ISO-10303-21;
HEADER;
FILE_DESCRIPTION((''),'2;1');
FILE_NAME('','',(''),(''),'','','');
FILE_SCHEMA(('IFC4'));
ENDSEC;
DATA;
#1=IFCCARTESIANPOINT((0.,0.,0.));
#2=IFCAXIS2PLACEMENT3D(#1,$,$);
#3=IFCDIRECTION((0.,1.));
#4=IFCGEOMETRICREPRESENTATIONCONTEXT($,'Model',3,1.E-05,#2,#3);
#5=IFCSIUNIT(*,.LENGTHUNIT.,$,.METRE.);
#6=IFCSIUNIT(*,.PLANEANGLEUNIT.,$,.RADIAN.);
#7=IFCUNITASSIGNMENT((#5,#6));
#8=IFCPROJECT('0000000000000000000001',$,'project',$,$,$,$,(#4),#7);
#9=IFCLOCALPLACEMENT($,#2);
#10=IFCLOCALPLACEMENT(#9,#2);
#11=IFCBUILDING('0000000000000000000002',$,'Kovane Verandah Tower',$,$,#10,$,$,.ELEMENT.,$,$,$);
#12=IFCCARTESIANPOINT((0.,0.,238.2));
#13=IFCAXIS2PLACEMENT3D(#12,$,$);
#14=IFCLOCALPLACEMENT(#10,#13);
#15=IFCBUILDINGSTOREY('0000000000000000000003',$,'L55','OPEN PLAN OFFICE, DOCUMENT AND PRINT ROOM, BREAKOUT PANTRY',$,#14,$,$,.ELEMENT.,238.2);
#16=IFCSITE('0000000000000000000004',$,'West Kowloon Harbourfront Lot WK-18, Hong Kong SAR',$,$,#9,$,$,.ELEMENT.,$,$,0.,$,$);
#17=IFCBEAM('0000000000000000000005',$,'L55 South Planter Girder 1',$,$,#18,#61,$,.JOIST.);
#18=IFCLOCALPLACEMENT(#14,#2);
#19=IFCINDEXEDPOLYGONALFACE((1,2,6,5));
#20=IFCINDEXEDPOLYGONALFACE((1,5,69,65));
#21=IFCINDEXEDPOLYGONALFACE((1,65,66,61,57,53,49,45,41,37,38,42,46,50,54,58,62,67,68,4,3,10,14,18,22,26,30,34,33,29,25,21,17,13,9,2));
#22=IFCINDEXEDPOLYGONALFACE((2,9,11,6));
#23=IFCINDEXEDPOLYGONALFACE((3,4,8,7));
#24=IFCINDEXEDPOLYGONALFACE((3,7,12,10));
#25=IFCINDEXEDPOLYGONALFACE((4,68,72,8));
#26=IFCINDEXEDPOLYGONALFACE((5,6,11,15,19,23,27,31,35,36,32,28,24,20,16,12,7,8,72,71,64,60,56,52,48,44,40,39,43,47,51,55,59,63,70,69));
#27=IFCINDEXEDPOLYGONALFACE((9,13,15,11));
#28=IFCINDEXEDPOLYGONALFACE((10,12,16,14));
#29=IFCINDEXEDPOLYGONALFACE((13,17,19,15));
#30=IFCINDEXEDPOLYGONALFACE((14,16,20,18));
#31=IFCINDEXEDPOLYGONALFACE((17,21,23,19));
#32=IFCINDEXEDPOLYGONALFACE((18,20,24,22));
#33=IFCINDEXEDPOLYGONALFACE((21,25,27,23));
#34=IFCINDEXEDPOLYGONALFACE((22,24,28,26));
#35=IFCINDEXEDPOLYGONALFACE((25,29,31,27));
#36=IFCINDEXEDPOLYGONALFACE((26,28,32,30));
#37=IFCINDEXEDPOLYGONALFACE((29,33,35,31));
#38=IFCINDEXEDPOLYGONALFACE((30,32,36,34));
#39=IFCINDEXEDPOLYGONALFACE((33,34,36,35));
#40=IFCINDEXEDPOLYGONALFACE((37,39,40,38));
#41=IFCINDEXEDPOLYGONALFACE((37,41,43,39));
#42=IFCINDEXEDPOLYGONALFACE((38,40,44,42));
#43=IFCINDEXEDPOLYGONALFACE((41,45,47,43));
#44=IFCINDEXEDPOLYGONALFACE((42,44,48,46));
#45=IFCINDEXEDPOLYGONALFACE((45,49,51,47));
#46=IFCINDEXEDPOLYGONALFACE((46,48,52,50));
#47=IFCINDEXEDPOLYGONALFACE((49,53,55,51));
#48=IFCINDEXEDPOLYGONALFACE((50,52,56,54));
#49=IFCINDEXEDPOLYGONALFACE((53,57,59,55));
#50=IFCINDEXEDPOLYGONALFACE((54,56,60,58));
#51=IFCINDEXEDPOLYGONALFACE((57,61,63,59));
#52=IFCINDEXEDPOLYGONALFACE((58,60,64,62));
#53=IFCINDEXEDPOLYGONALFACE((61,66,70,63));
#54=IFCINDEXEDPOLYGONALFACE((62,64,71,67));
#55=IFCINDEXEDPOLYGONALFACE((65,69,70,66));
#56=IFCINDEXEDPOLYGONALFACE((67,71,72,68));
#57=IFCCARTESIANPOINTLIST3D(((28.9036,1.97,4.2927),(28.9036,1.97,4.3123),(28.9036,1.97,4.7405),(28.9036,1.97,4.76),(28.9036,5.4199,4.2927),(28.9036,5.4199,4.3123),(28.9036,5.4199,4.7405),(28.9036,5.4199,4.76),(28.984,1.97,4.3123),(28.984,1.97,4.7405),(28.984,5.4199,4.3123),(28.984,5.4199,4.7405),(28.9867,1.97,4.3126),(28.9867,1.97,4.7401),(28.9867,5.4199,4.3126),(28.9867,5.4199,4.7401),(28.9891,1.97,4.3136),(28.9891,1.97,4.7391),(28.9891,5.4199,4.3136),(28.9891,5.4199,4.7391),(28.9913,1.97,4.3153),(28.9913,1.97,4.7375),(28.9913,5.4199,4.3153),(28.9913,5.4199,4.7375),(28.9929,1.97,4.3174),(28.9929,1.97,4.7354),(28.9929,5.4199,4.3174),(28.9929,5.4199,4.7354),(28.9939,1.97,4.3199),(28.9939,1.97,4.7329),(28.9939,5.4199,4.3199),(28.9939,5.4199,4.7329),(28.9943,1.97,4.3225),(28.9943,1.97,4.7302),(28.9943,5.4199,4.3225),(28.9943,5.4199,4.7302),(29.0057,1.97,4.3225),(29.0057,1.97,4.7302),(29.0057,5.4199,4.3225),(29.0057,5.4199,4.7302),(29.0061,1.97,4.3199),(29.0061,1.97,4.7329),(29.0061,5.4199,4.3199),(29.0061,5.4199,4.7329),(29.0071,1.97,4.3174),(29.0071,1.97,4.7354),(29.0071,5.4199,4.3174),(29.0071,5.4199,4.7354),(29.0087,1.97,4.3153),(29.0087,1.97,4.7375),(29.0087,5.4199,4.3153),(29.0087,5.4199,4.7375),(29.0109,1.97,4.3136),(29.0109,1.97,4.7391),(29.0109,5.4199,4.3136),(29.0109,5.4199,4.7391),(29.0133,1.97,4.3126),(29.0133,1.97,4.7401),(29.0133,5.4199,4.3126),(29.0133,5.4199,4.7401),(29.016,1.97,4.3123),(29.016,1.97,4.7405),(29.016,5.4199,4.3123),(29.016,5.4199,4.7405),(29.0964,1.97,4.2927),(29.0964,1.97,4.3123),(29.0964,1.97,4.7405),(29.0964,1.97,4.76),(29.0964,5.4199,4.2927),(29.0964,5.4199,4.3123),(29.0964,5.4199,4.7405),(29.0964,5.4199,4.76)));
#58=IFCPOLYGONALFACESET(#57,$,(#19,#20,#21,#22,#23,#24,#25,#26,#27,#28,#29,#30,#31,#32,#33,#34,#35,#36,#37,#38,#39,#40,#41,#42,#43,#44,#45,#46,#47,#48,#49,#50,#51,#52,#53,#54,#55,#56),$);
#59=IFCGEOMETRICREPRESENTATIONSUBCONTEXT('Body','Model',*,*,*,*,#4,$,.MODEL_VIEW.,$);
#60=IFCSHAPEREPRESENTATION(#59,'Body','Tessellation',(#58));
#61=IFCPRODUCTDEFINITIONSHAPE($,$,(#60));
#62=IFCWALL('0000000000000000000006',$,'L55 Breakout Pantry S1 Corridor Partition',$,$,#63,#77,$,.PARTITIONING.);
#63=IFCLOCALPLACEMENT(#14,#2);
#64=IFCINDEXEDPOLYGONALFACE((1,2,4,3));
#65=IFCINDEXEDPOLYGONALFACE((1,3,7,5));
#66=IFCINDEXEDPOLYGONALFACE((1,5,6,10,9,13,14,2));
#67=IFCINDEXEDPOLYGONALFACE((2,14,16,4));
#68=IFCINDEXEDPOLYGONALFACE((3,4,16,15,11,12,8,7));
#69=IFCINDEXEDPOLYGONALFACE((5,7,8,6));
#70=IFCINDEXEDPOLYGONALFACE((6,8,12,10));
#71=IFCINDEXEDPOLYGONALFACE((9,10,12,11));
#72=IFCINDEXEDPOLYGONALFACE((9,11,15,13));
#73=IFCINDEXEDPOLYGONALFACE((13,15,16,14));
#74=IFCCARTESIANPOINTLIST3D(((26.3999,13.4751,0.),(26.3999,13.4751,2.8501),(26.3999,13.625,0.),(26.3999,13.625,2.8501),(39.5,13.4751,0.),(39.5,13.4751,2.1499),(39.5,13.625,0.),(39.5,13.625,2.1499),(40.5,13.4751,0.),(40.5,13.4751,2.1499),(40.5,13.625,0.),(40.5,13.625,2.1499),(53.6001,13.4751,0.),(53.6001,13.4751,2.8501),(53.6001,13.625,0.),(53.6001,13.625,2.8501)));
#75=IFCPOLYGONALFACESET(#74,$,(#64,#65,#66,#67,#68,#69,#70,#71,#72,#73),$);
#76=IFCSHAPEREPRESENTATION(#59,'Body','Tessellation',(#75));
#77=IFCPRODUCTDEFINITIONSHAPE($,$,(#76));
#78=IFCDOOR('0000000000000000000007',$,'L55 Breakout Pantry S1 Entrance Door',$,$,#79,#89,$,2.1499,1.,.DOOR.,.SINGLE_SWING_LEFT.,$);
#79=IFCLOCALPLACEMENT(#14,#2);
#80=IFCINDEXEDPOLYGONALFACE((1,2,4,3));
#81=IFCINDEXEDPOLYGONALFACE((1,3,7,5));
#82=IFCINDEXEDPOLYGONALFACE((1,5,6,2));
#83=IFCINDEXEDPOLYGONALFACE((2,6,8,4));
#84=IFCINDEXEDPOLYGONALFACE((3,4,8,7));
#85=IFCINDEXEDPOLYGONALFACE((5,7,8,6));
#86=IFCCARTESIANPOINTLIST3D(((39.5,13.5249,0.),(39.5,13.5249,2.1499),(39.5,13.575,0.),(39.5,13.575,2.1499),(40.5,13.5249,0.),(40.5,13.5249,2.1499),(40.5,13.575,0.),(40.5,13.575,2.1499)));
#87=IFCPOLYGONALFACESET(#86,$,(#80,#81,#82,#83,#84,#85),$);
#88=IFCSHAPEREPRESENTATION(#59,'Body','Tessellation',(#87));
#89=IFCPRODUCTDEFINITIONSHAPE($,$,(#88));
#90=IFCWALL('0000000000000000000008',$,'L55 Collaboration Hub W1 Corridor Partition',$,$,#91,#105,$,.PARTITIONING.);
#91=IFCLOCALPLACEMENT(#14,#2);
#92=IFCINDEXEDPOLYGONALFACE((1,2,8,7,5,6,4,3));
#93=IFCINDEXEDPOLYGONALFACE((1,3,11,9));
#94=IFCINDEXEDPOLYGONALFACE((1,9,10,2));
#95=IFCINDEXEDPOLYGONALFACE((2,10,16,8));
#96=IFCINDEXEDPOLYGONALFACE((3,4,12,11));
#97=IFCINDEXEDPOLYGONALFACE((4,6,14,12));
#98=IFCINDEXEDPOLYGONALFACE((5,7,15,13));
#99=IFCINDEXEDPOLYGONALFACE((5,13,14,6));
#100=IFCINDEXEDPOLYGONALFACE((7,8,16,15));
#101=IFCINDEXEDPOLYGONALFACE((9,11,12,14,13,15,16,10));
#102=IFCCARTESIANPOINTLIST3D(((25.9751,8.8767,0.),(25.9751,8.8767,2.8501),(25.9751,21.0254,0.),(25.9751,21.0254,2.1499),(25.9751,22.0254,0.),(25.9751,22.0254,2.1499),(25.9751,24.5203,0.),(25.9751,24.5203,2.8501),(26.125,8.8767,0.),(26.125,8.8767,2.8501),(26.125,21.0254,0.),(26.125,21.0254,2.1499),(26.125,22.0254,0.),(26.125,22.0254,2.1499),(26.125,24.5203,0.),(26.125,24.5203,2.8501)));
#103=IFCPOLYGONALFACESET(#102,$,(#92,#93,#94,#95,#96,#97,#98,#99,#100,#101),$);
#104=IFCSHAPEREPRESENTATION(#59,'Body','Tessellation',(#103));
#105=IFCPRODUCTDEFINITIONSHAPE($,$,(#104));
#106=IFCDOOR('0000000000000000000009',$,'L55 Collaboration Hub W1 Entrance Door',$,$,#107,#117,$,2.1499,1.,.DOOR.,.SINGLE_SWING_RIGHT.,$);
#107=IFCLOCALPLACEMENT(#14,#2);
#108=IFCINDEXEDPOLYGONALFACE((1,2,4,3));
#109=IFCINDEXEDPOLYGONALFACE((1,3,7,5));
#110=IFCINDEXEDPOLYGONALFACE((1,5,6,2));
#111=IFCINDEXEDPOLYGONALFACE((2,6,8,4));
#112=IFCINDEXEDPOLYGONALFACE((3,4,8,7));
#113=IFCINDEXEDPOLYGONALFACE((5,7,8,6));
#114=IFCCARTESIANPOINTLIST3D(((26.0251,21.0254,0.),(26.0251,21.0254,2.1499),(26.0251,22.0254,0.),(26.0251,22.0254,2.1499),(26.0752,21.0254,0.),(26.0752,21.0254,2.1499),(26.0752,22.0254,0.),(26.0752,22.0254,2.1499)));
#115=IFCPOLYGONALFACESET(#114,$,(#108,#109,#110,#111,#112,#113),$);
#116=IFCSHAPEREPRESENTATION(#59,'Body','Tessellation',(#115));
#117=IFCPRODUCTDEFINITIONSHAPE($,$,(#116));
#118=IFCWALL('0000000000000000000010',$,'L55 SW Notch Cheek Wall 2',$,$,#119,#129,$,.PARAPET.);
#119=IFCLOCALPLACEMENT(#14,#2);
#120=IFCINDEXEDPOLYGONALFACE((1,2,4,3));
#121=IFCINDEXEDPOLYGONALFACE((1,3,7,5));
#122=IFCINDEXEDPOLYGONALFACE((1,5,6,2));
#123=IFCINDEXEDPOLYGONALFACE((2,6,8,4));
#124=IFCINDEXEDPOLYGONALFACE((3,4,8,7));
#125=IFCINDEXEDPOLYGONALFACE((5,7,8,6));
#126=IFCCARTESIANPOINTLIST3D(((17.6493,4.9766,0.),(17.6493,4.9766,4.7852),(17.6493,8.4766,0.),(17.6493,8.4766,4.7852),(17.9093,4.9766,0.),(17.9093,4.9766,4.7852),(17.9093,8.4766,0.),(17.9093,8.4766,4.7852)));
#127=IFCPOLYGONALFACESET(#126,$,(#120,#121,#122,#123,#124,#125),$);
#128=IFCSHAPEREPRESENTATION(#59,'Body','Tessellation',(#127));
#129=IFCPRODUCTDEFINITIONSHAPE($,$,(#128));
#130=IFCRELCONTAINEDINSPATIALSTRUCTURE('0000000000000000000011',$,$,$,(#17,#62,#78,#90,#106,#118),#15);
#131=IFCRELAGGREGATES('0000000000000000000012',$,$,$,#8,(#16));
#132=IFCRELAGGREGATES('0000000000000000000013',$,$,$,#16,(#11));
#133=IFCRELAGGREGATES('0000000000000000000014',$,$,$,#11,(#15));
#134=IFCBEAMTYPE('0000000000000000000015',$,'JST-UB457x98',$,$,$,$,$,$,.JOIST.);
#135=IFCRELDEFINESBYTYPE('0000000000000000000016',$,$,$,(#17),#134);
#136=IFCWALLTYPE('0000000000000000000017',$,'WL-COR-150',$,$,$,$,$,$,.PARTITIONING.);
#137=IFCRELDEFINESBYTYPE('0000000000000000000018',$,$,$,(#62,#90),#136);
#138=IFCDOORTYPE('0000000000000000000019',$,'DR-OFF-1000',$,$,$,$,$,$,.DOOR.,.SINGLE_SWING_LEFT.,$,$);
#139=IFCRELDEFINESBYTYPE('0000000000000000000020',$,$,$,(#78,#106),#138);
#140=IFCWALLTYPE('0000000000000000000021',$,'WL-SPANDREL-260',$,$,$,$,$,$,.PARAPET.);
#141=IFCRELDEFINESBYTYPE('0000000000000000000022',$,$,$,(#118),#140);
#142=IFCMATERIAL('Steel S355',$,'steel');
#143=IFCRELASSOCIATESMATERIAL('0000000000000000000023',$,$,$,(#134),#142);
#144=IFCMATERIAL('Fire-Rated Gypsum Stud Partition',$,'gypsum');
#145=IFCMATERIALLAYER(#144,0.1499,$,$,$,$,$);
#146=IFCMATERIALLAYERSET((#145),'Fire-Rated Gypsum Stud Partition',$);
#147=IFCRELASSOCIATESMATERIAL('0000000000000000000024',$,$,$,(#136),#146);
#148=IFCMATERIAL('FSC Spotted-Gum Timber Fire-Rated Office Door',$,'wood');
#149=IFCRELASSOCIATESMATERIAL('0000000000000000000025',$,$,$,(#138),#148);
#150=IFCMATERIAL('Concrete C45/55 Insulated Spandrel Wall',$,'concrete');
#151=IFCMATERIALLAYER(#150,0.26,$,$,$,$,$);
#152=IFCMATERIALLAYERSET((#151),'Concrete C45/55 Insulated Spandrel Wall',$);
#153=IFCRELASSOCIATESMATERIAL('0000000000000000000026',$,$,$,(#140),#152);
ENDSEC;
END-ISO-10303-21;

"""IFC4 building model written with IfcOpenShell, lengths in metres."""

from ifc_helpers import new_model, si_unit, direction, frame, frame_2d, origin, origin_2d, place, context, subcontext, project, spatial, rectangle, i_section, extrude, material, layer, layer_set, material_profile, profile_set, type_object, element, fill, save


model = new_model("IFC4")

# Units and contexts
model_context = context("Model", 3, precision=1e-05, world=origin(), true_north=direction((0.0, 1.0)))
body_context = subcontext(model_context, "Body", "Model", "MODEL_VIEW")
ifc_project = project(units=[si_unit("LENGTHUNIT", "METRE"), si_unit("PLANEANGLEUNIT", "RADIAN")], contexts=[model_context])

# Site, building, storey
site_placement = place(None, origin())
site = spatial("IfcSite", under=ifc_project, at=site_placement, Name="West Kowloon Harbourfront Lot WK-18, Hong Kong SAR", CompositionType="ELEMENT", RefElevation=0.0)
building_placement = place(site_placement, origin())
building = spatial("IfcBuilding", under=site, at=building_placement, Name="Kovane Verandah Tower", CompositionType="ELEMENT")
storey_placement = place(building_placement, frame((0.0, 0.0, 238.2)))
storey = spatial("IfcBuildingStorey", under=building, at=storey_placement, Name="L55", Description="OPEN PLAN OFFICE, DOCUMENT AND PRINT ROOM, BREAKOUT PANTRY", CompositionType="ELEMENT", Elevation=238.2)

# Shared definitions
ifc_material_1 = material(Name="Steel S355", Category="steel")

# Beam
ifc_material_profile_1 = material_profile(ifc_material_1, i_section(OverallWidth=0.1929, OverallDepth=0.4673, WebThickness=0.0115, FlangeThickness=0.0195, FilletRadius=0.0103, at=origin_2d()), Name="UB457x191x98")
ifc_profile_set_1 = profile_set([ifc_material_profile_1], Name="Steel S355")
beam_type_1 = type_object("IfcBeamType", Name="JST-UB457x98", PredefinedType="JOIST", material=ifc_profile_set_1)
beam_1_placement = place(storey_placement, frame((29.0, 5.4199, 4.5264), z_axis=(0.0, -1.0, 0.0), x_axis=(1.0, 0.0, 0.0)))
element("IfcBeam", 1, at=beam_1_placement, inside=storey, type_object=beam_type_1, Name="L55 South Planter Girder 1", PredefinedType="JOIST", context=body_context, shape_type="SweptSolid", body=[
    extrude(i_section(OverallWidth=0.1929, OverallDepth=0.4673, WebThickness=0.0115, FlangeThickness=0.0195, FilletRadius=0.0103, at=origin_2d()), origin(), (0.0, 0.0, 1.0), 3.45),
])

# Walls, openings, doors
ifc_material_2 = material(Name="Fire-Rated Gypsum Stud Partition", Category="gypsum")
ifc_layer_1 = layer(ifc_material_2, 0.1499)
ifc_layer_set_1 = layer_set([ifc_layer_1], Name="Fire-Rated Gypsum Stud Partition")
wall_type_1 = type_object("IfcWallType", Name="WL-COR-150", PredefinedType="PARTITIONING", material=ifc_layer_set_1)
wall_1_placement = place(storey_placement, frame((26.3999, 13.55, 0.0), z_axis=(0.0, 0.0, 1.0), x_axis=(1.0, 0.0, 0.0)))
wall_1 = element("IfcWall", 2, at=wall_1_placement, inside=storey, type_object=wall_type_1, Name="L55 Breakout Pantry S1 Corridor Partition", PredefinedType="PARTITIONING", context=body_context, shape_type="SweptSolid", body=[
    extrude(rectangle(XDim=27.2002, YDim=0.1499, at=frame_2d((13.6001, 0.0))), origin(), (0.0, 0.0, 1.0), 2.8501),
])
opening_1_placement = place(wall_1_placement, frame((13.1001, 0.0, 0.0)))
opening_1 = element("IfcOpeningElement", 3, at=opening_1_placement, cuts=wall_1, PredefinedType="OPENING", context=body_context, shape_type="SweptSolid", body=[
    extrude(rectangle(XDim=1.0, YDim=2.1499, at=frame_2d((0.5, 1.075))), frame((0.0, 0.075, 0.0), z_axis=(0.0, -1.0, 0.0), x_axis=(1.0, 0.0, 0.0)), (0.0, 0.0, 1.0), 0.1499),
])
ifc_material_3 = material(Name="FSC Spotted-Gum Timber Fire-Rated Office Door", Category="wood")
door_type_1 = type_object("IfcDoorType", Name="DR-OFF-1000", OperationType="SINGLE_SWING_LEFT", PredefinedType="DOOR", material=ifc_material_3)
door_1_placement = place(opening_1_placement, origin())
door_1 = element("IfcDoor", 4, at=door_1_placement, inside=storey, type_object=door_type_1, Name="L55 Breakout Pantry S1 Entrance Door", OperationType="SINGLE_SWING_LEFT", OverallHeight=2.1499, OverallWidth=1.0, PredefinedType="DOOR", context=body_context, shape_type="SweptSolid", body=[
    extrude(rectangle(XDim=1.0, YDim=2.1499, at=frame_2d((0.5, 1.075))), frame((0.0, 0.0249, 0.0), z_axis=(0.0, -1.0, 0.0), x_axis=(1.0, 0.0, 0.0)), (0.0, 0.0, 1.0), 0.05),
])
fill(opening_1, door_1)
wall_2_placement = place(storey_placement, frame((26.05, 8.8767, 0.0), z_axis=(0.0, 0.0, 1.0), x_axis=(0.0, 1.0, 0.0)))
wall_2 = element("IfcWall", 5, at=wall_2_placement, inside=storey, type_object=wall_type_1, Name="L55 Collaboration Hub W1 Corridor Partition", PredefinedType="PARTITIONING", context=body_context, shape_type="SweptSolid", body=[
    extrude(rectangle(XDim=15.6436, YDim=0.1499, at=frame_2d((7.8218, 0.0))), origin(), (0.0, 0.0, 1.0), 2.8501),
])
opening_2_placement = place(wall_2_placement, frame((12.1487, 0.0, 0.0)))
opening_2 = element("IfcOpeningElement", 6, at=opening_2_placement, cuts=wall_2, PredefinedType="OPENING", context=body_context, shape_type="SweptSolid", body=[
    extrude(rectangle(XDim=1.0, YDim=2.1499, at=frame_2d((0.5, 1.075))), frame((0.0, 0.075, 0.0), z_axis=(0.0, -1.0, 0.0), x_axis=(1.0, 0.0, 0.0)), (0.0, 0.0, 1.0), 0.1499),
])
door_2_placement = place(opening_2_placement, origin())
door_2 = element("IfcDoor", 7, at=door_2_placement, inside=storey, type_object=door_type_1, Name="L55 Collaboration Hub W1 Entrance Door", OperationType="SINGLE_SWING_RIGHT", OverallHeight=2.1499, OverallWidth=1.0, PredefinedType="DOOR", context=body_context, shape_type="SweptSolid", body=[
    extrude(rectangle(XDim=1.0, YDim=2.1499, at=frame_2d((0.5, 1.075))), frame((0.0, 0.0249, 0.0), z_axis=(0.0, -1.0, 0.0), x_axis=(1.0, 0.0, 0.0)), (0.0, 0.0, 1.0), 0.05),
])
fill(opening_2, door_2)

# Shared definitions
ifc_material_4 = material(Name="Concrete C45/55 Insulated Spandrel Wall", Category="concrete")
ifc_layer_2 = layer(ifc_material_4, 0.26)
ifc_layer_set_2 = layer_set([ifc_layer_2], Name="Concrete C45/55 Insulated Spandrel Wall")
wall_type_2 = type_object("IfcWallType", Name="WL-SPANDREL-260", PredefinedType="PARAPET", material=ifc_layer_set_2)

# Wall
wall_3_placement = place(storey_placement, frame((17.7793, 8.4766, 0.0), z_axis=(0.0, 0.0, 1.0), x_axis=(0.0, -1.0, 0.0)))
element("IfcWall", 8, at=wall_3_placement, inside=storey, type_object=wall_type_2, Name="L55 SW Notch Cheek Wall 2", PredefinedType="PARAPET", context=body_context, shape_type="SweptSolid", body=[
    extrude(rectangle(XDim=3.5, YDim=0.26, at=frame_2d((1.75, 0.0))), origin(), (0.0, 0.0, 1.0), 4.7852),
])

save(model, "model.ifc")
